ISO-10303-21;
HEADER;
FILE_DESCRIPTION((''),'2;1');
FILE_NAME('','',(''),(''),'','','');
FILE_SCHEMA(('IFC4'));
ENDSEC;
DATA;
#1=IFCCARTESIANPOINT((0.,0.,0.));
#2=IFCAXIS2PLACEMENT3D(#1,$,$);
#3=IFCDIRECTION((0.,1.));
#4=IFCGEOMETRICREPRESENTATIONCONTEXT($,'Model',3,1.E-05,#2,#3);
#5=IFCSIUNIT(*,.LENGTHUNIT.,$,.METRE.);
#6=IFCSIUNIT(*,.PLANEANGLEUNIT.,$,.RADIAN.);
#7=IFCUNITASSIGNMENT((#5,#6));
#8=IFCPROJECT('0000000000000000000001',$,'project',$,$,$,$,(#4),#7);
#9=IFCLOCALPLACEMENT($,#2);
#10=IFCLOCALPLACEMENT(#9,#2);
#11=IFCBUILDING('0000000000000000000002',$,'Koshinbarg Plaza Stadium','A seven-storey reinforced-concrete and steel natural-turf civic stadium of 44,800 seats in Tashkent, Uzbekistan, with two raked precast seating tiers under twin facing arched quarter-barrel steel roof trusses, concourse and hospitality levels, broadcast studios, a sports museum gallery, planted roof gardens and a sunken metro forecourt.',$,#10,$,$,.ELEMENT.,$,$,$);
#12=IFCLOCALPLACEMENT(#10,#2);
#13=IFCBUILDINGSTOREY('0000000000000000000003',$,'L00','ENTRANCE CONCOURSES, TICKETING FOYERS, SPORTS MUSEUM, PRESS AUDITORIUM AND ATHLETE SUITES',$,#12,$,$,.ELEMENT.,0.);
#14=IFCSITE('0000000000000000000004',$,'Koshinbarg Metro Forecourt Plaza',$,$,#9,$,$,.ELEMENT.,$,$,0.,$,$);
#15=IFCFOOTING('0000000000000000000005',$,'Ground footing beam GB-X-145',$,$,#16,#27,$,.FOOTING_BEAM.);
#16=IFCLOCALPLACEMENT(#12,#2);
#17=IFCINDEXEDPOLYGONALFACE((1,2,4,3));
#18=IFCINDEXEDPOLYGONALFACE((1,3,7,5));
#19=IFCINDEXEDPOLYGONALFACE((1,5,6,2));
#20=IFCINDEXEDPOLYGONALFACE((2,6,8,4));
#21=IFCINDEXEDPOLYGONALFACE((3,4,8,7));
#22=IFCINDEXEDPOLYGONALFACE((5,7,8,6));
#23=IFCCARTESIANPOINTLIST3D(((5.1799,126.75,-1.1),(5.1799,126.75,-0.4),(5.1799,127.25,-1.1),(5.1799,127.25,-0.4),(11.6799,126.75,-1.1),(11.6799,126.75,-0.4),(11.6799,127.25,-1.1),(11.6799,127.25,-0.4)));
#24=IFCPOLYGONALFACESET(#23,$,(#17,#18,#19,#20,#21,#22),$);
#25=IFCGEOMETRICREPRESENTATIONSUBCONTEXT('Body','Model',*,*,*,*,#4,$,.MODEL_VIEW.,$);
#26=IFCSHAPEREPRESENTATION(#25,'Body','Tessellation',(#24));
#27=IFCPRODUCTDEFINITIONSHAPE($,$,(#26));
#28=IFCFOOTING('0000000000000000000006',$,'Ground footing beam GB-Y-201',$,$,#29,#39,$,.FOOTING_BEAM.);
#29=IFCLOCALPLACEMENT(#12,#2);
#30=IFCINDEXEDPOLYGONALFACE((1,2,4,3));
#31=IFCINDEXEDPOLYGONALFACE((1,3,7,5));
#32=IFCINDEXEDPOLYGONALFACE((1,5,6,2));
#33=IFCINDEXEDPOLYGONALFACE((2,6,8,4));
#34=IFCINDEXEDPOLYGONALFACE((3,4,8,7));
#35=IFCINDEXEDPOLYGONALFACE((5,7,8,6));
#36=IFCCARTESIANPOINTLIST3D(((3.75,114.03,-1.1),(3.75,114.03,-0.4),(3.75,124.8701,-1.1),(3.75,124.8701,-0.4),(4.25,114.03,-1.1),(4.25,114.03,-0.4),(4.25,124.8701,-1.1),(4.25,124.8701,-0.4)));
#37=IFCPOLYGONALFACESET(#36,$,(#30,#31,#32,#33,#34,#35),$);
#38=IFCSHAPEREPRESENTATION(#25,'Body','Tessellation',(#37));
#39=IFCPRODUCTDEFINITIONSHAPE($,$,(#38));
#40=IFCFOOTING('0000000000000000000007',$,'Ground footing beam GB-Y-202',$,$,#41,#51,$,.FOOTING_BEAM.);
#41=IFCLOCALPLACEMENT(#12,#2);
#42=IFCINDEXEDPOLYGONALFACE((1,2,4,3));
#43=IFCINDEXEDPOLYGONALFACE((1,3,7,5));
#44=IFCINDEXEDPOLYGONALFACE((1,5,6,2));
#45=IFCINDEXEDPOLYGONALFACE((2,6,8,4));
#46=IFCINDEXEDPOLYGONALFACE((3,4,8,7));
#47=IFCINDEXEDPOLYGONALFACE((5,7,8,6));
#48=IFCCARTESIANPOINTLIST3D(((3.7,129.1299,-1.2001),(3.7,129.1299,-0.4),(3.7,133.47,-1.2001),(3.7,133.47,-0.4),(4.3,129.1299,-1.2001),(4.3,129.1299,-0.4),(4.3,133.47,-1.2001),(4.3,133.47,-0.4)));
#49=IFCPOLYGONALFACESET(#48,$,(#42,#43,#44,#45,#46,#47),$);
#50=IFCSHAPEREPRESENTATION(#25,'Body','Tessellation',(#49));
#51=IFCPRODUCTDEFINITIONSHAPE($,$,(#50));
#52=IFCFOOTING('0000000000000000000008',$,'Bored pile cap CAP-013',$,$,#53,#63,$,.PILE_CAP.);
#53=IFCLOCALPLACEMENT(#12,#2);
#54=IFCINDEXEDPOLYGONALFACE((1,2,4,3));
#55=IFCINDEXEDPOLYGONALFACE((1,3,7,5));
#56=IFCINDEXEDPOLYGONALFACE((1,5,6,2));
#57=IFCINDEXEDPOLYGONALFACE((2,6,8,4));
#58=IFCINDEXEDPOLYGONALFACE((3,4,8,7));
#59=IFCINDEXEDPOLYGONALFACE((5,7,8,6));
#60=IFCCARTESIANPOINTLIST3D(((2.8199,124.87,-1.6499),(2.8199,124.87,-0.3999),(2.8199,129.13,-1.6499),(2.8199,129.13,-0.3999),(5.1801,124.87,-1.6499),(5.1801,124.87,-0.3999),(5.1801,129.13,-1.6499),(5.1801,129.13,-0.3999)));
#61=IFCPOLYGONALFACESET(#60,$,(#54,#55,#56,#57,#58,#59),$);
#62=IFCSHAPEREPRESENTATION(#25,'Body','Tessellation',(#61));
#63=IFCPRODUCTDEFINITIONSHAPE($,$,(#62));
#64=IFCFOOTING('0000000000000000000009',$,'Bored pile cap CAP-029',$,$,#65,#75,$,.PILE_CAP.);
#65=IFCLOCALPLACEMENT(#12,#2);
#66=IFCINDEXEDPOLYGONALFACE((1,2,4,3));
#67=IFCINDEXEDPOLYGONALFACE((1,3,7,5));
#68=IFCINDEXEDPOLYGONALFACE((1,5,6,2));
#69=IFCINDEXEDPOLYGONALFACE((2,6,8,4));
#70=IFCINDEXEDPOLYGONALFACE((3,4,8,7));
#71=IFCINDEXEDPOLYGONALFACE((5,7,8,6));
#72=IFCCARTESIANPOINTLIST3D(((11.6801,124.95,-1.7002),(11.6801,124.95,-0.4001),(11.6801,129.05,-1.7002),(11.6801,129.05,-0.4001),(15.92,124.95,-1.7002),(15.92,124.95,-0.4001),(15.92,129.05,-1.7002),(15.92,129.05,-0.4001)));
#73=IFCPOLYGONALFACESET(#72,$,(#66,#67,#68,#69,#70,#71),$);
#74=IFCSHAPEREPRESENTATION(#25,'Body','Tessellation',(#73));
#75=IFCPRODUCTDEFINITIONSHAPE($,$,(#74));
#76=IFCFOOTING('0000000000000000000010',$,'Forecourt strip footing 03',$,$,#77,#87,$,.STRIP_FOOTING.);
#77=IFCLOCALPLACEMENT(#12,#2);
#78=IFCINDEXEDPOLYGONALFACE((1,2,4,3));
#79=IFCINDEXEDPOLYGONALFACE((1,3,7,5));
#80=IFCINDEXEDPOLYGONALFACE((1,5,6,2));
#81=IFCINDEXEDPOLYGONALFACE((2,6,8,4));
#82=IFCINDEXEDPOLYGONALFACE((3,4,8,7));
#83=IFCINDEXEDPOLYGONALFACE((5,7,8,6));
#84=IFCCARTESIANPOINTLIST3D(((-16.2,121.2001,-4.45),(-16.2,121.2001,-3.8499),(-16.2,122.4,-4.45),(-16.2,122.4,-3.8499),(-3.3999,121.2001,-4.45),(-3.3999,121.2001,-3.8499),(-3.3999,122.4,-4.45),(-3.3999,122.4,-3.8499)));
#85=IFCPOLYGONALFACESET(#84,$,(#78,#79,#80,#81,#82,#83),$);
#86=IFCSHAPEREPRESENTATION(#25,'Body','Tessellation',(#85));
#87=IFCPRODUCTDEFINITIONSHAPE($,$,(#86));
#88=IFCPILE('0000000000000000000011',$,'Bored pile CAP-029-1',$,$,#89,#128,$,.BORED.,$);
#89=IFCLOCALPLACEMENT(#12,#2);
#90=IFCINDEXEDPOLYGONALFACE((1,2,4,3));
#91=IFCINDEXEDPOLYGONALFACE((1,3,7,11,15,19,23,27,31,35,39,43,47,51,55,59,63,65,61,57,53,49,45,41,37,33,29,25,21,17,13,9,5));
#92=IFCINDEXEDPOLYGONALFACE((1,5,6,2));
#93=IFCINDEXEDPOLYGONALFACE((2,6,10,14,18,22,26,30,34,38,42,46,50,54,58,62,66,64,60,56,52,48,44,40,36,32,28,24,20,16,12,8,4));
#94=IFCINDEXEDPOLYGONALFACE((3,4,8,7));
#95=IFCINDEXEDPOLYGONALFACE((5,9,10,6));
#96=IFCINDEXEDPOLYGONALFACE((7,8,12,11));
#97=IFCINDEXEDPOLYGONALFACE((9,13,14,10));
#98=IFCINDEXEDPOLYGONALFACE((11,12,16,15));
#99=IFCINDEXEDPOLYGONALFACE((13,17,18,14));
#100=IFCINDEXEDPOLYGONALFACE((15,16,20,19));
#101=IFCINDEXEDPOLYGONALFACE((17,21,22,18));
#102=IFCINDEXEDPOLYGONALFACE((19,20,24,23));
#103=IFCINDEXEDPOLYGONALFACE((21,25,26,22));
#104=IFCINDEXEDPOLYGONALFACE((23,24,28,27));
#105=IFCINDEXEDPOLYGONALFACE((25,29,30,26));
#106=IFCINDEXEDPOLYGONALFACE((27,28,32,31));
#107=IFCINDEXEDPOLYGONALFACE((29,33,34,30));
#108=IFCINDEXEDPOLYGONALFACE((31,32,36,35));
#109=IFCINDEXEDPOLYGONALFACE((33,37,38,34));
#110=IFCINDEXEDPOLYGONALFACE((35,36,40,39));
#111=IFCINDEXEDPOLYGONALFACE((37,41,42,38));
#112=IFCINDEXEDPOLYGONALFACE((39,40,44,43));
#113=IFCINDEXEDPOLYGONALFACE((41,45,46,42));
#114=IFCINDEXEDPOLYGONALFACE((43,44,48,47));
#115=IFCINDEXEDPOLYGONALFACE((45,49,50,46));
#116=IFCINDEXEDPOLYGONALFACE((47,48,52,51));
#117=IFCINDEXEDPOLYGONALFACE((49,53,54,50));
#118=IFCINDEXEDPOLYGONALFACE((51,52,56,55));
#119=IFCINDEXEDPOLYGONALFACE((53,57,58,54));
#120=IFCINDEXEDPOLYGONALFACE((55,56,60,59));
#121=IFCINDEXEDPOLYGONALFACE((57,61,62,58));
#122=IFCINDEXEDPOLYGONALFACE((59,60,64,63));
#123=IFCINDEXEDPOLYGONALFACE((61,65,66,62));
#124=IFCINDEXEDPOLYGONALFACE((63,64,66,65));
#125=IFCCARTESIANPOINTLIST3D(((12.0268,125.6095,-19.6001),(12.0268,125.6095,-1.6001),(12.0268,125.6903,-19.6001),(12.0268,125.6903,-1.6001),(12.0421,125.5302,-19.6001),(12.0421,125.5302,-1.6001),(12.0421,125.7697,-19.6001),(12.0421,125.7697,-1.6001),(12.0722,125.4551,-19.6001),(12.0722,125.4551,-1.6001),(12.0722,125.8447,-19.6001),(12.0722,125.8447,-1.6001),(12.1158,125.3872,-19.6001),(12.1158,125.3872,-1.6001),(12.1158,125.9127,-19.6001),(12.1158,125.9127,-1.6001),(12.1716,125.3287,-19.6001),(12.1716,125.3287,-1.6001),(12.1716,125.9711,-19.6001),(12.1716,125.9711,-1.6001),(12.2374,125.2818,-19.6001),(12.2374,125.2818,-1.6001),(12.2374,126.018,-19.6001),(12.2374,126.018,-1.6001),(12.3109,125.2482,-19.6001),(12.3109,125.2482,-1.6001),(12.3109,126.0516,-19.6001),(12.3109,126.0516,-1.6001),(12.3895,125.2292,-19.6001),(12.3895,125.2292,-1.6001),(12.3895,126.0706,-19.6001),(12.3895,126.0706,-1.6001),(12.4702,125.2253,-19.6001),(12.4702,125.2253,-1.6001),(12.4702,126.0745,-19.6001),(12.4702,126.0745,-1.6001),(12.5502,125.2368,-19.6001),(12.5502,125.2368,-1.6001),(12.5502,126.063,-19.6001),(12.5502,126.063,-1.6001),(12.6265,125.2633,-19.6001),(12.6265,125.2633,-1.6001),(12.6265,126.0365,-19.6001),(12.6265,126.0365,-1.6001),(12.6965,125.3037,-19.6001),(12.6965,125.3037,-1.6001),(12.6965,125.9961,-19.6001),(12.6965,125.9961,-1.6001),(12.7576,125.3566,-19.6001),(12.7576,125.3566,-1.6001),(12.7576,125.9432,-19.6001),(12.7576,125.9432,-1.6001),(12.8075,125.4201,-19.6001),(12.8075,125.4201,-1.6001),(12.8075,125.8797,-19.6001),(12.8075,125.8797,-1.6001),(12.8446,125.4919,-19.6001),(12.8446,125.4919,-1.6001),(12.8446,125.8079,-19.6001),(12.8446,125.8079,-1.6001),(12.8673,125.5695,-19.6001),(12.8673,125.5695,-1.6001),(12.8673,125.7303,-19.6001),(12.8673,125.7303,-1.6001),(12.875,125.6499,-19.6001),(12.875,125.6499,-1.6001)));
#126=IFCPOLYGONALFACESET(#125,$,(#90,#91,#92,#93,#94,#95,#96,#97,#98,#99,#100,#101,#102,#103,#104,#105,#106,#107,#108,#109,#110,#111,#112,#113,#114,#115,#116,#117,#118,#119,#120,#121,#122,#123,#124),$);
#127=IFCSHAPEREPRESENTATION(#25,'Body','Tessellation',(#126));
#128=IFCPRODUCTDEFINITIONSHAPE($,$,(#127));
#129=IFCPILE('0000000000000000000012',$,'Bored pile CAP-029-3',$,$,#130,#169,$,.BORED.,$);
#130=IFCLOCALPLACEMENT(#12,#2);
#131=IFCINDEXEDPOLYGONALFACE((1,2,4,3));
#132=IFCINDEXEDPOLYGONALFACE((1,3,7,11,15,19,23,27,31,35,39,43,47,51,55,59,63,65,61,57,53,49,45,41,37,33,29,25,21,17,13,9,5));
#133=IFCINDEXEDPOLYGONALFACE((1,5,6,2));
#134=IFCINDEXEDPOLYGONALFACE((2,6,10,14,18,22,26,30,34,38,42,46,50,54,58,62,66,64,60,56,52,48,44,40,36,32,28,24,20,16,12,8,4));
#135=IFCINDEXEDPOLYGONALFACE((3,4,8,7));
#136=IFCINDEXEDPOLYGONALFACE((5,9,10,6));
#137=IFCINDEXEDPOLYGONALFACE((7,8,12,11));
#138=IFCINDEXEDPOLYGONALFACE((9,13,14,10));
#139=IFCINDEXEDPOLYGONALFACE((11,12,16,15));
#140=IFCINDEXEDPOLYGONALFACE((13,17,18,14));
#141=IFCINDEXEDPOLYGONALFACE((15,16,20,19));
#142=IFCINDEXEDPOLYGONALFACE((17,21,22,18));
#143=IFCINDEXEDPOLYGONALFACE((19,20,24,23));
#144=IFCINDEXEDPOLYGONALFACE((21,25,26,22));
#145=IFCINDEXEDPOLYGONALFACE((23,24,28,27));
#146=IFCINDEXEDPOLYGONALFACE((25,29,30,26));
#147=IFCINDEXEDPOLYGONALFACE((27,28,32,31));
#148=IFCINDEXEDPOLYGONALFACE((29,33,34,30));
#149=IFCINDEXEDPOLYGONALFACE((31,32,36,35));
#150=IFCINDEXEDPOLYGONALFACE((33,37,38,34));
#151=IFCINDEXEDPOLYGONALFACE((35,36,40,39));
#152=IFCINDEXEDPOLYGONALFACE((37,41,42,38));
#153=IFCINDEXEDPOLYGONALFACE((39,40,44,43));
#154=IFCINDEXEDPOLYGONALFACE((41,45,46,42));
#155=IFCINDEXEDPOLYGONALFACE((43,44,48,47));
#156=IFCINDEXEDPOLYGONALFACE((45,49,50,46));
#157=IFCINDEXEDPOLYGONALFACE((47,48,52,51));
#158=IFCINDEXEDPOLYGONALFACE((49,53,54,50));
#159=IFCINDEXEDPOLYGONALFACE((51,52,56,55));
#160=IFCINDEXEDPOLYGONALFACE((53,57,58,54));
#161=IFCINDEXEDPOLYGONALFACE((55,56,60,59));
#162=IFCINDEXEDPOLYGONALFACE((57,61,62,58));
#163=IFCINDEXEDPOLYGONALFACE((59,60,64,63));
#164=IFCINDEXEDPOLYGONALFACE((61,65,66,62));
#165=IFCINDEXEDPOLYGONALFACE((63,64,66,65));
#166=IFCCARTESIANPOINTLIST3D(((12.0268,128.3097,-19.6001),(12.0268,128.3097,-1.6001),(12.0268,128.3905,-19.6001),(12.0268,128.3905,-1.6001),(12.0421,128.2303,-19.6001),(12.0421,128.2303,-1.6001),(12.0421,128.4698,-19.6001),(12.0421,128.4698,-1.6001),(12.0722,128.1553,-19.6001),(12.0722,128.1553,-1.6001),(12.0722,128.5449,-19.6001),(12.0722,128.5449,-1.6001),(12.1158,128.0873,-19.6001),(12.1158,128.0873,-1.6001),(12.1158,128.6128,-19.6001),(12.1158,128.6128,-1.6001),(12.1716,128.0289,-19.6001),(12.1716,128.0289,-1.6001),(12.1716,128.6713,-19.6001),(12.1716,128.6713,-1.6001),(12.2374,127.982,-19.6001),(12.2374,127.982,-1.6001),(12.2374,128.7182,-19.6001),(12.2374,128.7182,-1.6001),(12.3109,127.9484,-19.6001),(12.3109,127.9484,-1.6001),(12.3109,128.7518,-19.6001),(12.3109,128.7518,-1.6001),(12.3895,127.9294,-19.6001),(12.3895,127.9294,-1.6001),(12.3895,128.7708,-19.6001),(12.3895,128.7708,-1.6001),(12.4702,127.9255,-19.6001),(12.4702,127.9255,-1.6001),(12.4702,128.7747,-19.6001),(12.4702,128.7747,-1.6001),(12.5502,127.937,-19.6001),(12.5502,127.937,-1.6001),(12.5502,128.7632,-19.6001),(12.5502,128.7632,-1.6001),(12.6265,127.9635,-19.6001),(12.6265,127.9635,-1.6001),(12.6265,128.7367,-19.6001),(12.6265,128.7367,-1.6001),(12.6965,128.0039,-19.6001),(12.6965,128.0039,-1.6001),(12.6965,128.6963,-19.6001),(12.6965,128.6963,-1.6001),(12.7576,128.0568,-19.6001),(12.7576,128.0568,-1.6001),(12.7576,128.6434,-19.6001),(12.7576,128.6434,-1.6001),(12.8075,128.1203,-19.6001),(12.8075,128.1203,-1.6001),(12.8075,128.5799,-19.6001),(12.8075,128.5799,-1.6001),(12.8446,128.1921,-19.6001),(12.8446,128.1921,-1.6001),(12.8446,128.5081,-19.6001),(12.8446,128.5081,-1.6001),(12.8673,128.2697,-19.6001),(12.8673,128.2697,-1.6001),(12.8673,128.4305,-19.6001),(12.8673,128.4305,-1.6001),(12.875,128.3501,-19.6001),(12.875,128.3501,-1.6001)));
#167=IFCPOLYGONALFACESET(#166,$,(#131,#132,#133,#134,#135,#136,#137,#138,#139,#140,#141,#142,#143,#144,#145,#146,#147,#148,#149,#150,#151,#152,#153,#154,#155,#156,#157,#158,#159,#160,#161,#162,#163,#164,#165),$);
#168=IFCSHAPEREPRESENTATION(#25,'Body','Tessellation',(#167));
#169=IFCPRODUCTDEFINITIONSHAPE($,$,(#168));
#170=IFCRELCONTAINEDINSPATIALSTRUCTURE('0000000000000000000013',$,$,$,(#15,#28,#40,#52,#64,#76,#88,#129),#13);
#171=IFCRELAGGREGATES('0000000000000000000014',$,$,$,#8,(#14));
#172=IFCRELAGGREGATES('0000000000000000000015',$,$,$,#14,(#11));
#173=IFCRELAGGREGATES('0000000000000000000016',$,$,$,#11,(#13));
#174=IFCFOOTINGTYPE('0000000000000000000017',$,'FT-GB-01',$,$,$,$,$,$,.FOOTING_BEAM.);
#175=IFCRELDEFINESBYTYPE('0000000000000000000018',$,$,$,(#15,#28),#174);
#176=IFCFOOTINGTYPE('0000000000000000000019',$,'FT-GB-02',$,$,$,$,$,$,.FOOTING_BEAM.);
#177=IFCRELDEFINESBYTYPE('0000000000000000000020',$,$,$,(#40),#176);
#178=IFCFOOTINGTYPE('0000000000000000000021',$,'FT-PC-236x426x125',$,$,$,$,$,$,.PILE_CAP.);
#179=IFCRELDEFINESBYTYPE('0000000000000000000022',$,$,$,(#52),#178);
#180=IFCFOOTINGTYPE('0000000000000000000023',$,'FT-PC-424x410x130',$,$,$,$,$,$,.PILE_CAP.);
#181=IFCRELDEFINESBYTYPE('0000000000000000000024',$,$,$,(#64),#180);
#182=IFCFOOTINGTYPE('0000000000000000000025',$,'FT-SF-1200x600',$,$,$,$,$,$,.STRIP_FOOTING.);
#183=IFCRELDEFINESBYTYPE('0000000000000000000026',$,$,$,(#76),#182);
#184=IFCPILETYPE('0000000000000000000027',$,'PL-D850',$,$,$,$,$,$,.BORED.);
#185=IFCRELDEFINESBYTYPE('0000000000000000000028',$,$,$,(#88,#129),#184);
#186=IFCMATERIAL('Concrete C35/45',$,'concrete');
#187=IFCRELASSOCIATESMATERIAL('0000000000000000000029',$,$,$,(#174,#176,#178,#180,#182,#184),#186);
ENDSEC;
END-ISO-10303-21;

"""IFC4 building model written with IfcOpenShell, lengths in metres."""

from ifc_helpers import new_model, si_unit, direction, frame, origin, origin_2d, place, context, subcontext, project, spatial, rectangle, circle, extrude, material, material_profile, profile_set, type_object, element, save


model = new_model("IFC4")

# Units and contexts
model_context = context("Model", 3, precision=1e-05, world=origin(), true_north=direction((0.0, 1.0)))
body_context = subcontext(model_context, "Body", "Model", "MODEL_VIEW")
ifc_project = project(units=[si_unit("LENGTHUNIT", "METRE"), si_unit("PLANEANGLEUNIT", "RADIAN")], contexts=[model_context])

# Site, building, storey
site_placement = place(None, origin())
site = spatial("IfcSite", under=ifc_project, at=site_placement, Name="Koshinbarg Metro Forecourt Plaza", CompositionType="ELEMENT", RefElevation=0.0)
building_placement = place(site_placement, origin())
building = spatial("IfcBuilding", under=site, at=building_placement, Name="Koshinbarg Plaza Stadium", Description="A seven-storey reinforced-concrete and steel natural-turf civic stadium of 44,800 seats in Tashkent, Uzbekistan, with two raked precast seating tiers under twin facing arched quarter-barrel steel roof trusses, concourse and hospitality levels, broadcast studios, a sports museum gallery, planted roof gardens and a sunken metro forecourt.", CompositionType="ELEMENT")
storey_placement = place(building_placement, origin())
storey = spatial("IfcBuildingStorey", under=building, at=storey_placement, Name="L00", Description="ENTRANCE CONCOURSES, TICKETING FOYERS, SPORTS MUSEUM, PRESS AUDITORIUM AND ATHLETE SUITES", CompositionType="ELEMENT", Elevation=0.0)

# Footings
ifc_material_1 = material(Name="Concrete C35/45", Category="concrete")
ifc_material_profile_1 = material_profile(ifc_material_1, rectangle(XDim=0.5, YDim=0.7, at=origin_2d()), Name="GB 500x700")
ifc_profile_set_1 = profile_set([ifc_material_profile_1], Name="Concrete C35/45")
footing_type_1 = type_object("IfcFootingType", Name="FT-GB-01", PredefinedType="FOOTING_BEAM", material=ifc_profile_set_1)
footing_1_placement = place(storey_placement, frame((5.1799, 127.0, -0.75), z_axis=(1.0, 0.0, 0.0), x_axis=(0.0, 1.0, 0.0)))
element("IfcFooting", 1, at=footing_1_placement, inside=storey, type_object=footing_type_1, Name="Ground footing beam GB-X-145", PredefinedType="FOOTING_BEAM", context=body_context, shape_type="SweptSolid", body=[
    extrude(rectangle(XDim=0.5, YDim=0.7, at=origin_2d()), origin(), (0.0, 0.0, 1.0), 6.5),
])
footing_2_placement = place(storey_placement, frame((4.0, 114.03, -0.75), z_axis=(0.0, 1.0, 0.0), x_axis=(-1.0, 0.0, 0.0)))
element("IfcFooting", 2, at=footing_2_placement, inside=storey, type_object=footing_type_1, Name="Ground footing beam GB-Y-201", PredefinedType="FOOTING_BEAM", context=body_context, shape_type="SweptSolid", body=[
    extrude(rectangle(XDim=0.5, YDim=0.7, at=origin_2d()), origin(), (0.0, 0.0, 1.0), 10.8401),
])
ifc_material_profile_2 = material_profile(ifc_material_1, rectangle(XDim=0.6001, YDim=0.8, at=origin_2d()), Name="GB 600x800")
ifc_profile_set_2 = profile_set([ifc_material_profile_2], Name="Concrete C35/45")
footing_type_2 = type_object("IfcFootingType", Name="FT-GB-02", PredefinedType="FOOTING_BEAM", material=ifc_profile_set_2)
footing_3_placement = place(storey_placement, frame((4.0, 129.1299, -0.8), z_axis=(0.0, 1.0, 0.0), x_axis=(-1.0, 0.0, 0.0)))
element("IfcFooting", 3, at=footing_3_placement, inside=storey, type_object=footing_type_2, Name="Ground footing beam GB-Y-202", PredefinedType="FOOTING_BEAM", context=body_context, shape_type="SweptSolid", body=[
    extrude(rectangle(XDim=0.6001, YDim=0.8, at=origin_2d()), origin(), (0.0, 0.0, 1.0), 4.3401),
])
footing_type_3 = type_object("IfcFootingType", Name="FT-PC-236x426x125", PredefinedType="PILE_CAP", material=ifc_material_1)
footing_4_placement = place(storey_placement, frame((4.0, 127.0, -1.6499), z_axis=(0.0, 0.0, 1.0), x_axis=(1.0, 0.0, 0.0)))
element("IfcFooting", 4, at=footing_4_placement, inside=storey, type_object=footing_type_3, Name="Bored pile cap CAP-013", PredefinedType="PILE_CAP", context=body_context, shape_type="SweptSolid", body=[
    extrude(rectangle(XDim=2.3601, YDim=4.26, at=origin_2d()), origin(), (0.0, 0.0, 1.0), 1.25),
])
footing_type_4 = type_object("IfcFootingType", Name="FT-PC-424x410x130", PredefinedType="PILE_CAP", material=ifc_material_1)
footing_5_placement = place(storey_placement, frame((13.8, 127.0, -1.7002), z_axis=(0.0, 0.0, 1.0), x_axis=(1.0, 0.0, 0.0)))
element("IfcFooting", 5, at=footing_5_placement, inside=storey, type_object=footing_type_4, Name="Bored pile cap CAP-029", PredefinedType="PILE_CAP", context=body_context, shape_type="SweptSolid", body=[
    extrude(rectangle(XDim=4.24, YDim=4.1001, at=origin_2d()), origin(), (0.0, 0.0, 1.0), 1.3),
])
ifc_material_profile_3 = material_profile(ifc_material_1, rectangle(XDim=1.2, YDim=0.6001, at=origin_2d()), Name="SF 1200x600")
ifc_profile_set_3 = profile_set([ifc_material_profile_3], Name="Concrete C35/45")
footing_type_5 = type_object("IfcFootingType", Name="FT-SF-1200x600", PredefinedType="STRIP_FOOTING", material=ifc_profile_set_3)
footing_6_placement = place(storey_placement, frame((-3.3999, 121.8, -4.1499), z_axis=(-1.0, 0.0, 0.0), x_axis=(0.0, -1.0, 0.0)))
element("IfcFooting", 6, at=footing_6_placement, inside=storey, type_object=footing_type_5, Name="Forecourt strip footing 03", PredefinedType="STRIP_FOOTING", context=body_context, shape_type="SweptSolid", body=[
    extrude(rectangle(XDim=1.2, YDim=0.6001, at=origin_2d()), origin(), (0.0, 0.0, 1.0), 12.8),
])

# Piles
ifc_material_profile_4 = material_profile(ifc_material_1, circle(Radius=0.425, at=origin_2d()), Name="PILE D850")
ifc_profile_set_4 = profile_set([ifc_material_profile_4], Name="Concrete C35/45")
pile_type_1 = type_object("IfcPileType", Name="PL-D850", PredefinedType="BORED", material=ifc_profile_set_4)
for number, where, z_axis, x_axis, name in (
    (7, (12.45, 125.6499, -1.6001), (0.0, 0.0, -1.0), (1.0, 0.0, 0.0), "Bored pile CAP-029-1"),
    (8, (12.45, 128.3501, -1.6001), (0.0, 0.0, -1.0), (1.0, 0.0, 0.0), "Bored pile CAP-029-3"),
):
    element("IfcPile", number, at=place(storey_placement, frame(where, z_axis=z_axis, x_axis=x_axis)), inside=storey, type_object=pile_type_1, Name=name, PredefinedType="BORED", context=body_context, shape_type="SweptSolid", body=[
        extrude(circle(Radius=0.425, at=origin_2d()), origin(), (0.0, 0.0, 1.0), 18.0),
    ])

save(model, "model.ifc")
